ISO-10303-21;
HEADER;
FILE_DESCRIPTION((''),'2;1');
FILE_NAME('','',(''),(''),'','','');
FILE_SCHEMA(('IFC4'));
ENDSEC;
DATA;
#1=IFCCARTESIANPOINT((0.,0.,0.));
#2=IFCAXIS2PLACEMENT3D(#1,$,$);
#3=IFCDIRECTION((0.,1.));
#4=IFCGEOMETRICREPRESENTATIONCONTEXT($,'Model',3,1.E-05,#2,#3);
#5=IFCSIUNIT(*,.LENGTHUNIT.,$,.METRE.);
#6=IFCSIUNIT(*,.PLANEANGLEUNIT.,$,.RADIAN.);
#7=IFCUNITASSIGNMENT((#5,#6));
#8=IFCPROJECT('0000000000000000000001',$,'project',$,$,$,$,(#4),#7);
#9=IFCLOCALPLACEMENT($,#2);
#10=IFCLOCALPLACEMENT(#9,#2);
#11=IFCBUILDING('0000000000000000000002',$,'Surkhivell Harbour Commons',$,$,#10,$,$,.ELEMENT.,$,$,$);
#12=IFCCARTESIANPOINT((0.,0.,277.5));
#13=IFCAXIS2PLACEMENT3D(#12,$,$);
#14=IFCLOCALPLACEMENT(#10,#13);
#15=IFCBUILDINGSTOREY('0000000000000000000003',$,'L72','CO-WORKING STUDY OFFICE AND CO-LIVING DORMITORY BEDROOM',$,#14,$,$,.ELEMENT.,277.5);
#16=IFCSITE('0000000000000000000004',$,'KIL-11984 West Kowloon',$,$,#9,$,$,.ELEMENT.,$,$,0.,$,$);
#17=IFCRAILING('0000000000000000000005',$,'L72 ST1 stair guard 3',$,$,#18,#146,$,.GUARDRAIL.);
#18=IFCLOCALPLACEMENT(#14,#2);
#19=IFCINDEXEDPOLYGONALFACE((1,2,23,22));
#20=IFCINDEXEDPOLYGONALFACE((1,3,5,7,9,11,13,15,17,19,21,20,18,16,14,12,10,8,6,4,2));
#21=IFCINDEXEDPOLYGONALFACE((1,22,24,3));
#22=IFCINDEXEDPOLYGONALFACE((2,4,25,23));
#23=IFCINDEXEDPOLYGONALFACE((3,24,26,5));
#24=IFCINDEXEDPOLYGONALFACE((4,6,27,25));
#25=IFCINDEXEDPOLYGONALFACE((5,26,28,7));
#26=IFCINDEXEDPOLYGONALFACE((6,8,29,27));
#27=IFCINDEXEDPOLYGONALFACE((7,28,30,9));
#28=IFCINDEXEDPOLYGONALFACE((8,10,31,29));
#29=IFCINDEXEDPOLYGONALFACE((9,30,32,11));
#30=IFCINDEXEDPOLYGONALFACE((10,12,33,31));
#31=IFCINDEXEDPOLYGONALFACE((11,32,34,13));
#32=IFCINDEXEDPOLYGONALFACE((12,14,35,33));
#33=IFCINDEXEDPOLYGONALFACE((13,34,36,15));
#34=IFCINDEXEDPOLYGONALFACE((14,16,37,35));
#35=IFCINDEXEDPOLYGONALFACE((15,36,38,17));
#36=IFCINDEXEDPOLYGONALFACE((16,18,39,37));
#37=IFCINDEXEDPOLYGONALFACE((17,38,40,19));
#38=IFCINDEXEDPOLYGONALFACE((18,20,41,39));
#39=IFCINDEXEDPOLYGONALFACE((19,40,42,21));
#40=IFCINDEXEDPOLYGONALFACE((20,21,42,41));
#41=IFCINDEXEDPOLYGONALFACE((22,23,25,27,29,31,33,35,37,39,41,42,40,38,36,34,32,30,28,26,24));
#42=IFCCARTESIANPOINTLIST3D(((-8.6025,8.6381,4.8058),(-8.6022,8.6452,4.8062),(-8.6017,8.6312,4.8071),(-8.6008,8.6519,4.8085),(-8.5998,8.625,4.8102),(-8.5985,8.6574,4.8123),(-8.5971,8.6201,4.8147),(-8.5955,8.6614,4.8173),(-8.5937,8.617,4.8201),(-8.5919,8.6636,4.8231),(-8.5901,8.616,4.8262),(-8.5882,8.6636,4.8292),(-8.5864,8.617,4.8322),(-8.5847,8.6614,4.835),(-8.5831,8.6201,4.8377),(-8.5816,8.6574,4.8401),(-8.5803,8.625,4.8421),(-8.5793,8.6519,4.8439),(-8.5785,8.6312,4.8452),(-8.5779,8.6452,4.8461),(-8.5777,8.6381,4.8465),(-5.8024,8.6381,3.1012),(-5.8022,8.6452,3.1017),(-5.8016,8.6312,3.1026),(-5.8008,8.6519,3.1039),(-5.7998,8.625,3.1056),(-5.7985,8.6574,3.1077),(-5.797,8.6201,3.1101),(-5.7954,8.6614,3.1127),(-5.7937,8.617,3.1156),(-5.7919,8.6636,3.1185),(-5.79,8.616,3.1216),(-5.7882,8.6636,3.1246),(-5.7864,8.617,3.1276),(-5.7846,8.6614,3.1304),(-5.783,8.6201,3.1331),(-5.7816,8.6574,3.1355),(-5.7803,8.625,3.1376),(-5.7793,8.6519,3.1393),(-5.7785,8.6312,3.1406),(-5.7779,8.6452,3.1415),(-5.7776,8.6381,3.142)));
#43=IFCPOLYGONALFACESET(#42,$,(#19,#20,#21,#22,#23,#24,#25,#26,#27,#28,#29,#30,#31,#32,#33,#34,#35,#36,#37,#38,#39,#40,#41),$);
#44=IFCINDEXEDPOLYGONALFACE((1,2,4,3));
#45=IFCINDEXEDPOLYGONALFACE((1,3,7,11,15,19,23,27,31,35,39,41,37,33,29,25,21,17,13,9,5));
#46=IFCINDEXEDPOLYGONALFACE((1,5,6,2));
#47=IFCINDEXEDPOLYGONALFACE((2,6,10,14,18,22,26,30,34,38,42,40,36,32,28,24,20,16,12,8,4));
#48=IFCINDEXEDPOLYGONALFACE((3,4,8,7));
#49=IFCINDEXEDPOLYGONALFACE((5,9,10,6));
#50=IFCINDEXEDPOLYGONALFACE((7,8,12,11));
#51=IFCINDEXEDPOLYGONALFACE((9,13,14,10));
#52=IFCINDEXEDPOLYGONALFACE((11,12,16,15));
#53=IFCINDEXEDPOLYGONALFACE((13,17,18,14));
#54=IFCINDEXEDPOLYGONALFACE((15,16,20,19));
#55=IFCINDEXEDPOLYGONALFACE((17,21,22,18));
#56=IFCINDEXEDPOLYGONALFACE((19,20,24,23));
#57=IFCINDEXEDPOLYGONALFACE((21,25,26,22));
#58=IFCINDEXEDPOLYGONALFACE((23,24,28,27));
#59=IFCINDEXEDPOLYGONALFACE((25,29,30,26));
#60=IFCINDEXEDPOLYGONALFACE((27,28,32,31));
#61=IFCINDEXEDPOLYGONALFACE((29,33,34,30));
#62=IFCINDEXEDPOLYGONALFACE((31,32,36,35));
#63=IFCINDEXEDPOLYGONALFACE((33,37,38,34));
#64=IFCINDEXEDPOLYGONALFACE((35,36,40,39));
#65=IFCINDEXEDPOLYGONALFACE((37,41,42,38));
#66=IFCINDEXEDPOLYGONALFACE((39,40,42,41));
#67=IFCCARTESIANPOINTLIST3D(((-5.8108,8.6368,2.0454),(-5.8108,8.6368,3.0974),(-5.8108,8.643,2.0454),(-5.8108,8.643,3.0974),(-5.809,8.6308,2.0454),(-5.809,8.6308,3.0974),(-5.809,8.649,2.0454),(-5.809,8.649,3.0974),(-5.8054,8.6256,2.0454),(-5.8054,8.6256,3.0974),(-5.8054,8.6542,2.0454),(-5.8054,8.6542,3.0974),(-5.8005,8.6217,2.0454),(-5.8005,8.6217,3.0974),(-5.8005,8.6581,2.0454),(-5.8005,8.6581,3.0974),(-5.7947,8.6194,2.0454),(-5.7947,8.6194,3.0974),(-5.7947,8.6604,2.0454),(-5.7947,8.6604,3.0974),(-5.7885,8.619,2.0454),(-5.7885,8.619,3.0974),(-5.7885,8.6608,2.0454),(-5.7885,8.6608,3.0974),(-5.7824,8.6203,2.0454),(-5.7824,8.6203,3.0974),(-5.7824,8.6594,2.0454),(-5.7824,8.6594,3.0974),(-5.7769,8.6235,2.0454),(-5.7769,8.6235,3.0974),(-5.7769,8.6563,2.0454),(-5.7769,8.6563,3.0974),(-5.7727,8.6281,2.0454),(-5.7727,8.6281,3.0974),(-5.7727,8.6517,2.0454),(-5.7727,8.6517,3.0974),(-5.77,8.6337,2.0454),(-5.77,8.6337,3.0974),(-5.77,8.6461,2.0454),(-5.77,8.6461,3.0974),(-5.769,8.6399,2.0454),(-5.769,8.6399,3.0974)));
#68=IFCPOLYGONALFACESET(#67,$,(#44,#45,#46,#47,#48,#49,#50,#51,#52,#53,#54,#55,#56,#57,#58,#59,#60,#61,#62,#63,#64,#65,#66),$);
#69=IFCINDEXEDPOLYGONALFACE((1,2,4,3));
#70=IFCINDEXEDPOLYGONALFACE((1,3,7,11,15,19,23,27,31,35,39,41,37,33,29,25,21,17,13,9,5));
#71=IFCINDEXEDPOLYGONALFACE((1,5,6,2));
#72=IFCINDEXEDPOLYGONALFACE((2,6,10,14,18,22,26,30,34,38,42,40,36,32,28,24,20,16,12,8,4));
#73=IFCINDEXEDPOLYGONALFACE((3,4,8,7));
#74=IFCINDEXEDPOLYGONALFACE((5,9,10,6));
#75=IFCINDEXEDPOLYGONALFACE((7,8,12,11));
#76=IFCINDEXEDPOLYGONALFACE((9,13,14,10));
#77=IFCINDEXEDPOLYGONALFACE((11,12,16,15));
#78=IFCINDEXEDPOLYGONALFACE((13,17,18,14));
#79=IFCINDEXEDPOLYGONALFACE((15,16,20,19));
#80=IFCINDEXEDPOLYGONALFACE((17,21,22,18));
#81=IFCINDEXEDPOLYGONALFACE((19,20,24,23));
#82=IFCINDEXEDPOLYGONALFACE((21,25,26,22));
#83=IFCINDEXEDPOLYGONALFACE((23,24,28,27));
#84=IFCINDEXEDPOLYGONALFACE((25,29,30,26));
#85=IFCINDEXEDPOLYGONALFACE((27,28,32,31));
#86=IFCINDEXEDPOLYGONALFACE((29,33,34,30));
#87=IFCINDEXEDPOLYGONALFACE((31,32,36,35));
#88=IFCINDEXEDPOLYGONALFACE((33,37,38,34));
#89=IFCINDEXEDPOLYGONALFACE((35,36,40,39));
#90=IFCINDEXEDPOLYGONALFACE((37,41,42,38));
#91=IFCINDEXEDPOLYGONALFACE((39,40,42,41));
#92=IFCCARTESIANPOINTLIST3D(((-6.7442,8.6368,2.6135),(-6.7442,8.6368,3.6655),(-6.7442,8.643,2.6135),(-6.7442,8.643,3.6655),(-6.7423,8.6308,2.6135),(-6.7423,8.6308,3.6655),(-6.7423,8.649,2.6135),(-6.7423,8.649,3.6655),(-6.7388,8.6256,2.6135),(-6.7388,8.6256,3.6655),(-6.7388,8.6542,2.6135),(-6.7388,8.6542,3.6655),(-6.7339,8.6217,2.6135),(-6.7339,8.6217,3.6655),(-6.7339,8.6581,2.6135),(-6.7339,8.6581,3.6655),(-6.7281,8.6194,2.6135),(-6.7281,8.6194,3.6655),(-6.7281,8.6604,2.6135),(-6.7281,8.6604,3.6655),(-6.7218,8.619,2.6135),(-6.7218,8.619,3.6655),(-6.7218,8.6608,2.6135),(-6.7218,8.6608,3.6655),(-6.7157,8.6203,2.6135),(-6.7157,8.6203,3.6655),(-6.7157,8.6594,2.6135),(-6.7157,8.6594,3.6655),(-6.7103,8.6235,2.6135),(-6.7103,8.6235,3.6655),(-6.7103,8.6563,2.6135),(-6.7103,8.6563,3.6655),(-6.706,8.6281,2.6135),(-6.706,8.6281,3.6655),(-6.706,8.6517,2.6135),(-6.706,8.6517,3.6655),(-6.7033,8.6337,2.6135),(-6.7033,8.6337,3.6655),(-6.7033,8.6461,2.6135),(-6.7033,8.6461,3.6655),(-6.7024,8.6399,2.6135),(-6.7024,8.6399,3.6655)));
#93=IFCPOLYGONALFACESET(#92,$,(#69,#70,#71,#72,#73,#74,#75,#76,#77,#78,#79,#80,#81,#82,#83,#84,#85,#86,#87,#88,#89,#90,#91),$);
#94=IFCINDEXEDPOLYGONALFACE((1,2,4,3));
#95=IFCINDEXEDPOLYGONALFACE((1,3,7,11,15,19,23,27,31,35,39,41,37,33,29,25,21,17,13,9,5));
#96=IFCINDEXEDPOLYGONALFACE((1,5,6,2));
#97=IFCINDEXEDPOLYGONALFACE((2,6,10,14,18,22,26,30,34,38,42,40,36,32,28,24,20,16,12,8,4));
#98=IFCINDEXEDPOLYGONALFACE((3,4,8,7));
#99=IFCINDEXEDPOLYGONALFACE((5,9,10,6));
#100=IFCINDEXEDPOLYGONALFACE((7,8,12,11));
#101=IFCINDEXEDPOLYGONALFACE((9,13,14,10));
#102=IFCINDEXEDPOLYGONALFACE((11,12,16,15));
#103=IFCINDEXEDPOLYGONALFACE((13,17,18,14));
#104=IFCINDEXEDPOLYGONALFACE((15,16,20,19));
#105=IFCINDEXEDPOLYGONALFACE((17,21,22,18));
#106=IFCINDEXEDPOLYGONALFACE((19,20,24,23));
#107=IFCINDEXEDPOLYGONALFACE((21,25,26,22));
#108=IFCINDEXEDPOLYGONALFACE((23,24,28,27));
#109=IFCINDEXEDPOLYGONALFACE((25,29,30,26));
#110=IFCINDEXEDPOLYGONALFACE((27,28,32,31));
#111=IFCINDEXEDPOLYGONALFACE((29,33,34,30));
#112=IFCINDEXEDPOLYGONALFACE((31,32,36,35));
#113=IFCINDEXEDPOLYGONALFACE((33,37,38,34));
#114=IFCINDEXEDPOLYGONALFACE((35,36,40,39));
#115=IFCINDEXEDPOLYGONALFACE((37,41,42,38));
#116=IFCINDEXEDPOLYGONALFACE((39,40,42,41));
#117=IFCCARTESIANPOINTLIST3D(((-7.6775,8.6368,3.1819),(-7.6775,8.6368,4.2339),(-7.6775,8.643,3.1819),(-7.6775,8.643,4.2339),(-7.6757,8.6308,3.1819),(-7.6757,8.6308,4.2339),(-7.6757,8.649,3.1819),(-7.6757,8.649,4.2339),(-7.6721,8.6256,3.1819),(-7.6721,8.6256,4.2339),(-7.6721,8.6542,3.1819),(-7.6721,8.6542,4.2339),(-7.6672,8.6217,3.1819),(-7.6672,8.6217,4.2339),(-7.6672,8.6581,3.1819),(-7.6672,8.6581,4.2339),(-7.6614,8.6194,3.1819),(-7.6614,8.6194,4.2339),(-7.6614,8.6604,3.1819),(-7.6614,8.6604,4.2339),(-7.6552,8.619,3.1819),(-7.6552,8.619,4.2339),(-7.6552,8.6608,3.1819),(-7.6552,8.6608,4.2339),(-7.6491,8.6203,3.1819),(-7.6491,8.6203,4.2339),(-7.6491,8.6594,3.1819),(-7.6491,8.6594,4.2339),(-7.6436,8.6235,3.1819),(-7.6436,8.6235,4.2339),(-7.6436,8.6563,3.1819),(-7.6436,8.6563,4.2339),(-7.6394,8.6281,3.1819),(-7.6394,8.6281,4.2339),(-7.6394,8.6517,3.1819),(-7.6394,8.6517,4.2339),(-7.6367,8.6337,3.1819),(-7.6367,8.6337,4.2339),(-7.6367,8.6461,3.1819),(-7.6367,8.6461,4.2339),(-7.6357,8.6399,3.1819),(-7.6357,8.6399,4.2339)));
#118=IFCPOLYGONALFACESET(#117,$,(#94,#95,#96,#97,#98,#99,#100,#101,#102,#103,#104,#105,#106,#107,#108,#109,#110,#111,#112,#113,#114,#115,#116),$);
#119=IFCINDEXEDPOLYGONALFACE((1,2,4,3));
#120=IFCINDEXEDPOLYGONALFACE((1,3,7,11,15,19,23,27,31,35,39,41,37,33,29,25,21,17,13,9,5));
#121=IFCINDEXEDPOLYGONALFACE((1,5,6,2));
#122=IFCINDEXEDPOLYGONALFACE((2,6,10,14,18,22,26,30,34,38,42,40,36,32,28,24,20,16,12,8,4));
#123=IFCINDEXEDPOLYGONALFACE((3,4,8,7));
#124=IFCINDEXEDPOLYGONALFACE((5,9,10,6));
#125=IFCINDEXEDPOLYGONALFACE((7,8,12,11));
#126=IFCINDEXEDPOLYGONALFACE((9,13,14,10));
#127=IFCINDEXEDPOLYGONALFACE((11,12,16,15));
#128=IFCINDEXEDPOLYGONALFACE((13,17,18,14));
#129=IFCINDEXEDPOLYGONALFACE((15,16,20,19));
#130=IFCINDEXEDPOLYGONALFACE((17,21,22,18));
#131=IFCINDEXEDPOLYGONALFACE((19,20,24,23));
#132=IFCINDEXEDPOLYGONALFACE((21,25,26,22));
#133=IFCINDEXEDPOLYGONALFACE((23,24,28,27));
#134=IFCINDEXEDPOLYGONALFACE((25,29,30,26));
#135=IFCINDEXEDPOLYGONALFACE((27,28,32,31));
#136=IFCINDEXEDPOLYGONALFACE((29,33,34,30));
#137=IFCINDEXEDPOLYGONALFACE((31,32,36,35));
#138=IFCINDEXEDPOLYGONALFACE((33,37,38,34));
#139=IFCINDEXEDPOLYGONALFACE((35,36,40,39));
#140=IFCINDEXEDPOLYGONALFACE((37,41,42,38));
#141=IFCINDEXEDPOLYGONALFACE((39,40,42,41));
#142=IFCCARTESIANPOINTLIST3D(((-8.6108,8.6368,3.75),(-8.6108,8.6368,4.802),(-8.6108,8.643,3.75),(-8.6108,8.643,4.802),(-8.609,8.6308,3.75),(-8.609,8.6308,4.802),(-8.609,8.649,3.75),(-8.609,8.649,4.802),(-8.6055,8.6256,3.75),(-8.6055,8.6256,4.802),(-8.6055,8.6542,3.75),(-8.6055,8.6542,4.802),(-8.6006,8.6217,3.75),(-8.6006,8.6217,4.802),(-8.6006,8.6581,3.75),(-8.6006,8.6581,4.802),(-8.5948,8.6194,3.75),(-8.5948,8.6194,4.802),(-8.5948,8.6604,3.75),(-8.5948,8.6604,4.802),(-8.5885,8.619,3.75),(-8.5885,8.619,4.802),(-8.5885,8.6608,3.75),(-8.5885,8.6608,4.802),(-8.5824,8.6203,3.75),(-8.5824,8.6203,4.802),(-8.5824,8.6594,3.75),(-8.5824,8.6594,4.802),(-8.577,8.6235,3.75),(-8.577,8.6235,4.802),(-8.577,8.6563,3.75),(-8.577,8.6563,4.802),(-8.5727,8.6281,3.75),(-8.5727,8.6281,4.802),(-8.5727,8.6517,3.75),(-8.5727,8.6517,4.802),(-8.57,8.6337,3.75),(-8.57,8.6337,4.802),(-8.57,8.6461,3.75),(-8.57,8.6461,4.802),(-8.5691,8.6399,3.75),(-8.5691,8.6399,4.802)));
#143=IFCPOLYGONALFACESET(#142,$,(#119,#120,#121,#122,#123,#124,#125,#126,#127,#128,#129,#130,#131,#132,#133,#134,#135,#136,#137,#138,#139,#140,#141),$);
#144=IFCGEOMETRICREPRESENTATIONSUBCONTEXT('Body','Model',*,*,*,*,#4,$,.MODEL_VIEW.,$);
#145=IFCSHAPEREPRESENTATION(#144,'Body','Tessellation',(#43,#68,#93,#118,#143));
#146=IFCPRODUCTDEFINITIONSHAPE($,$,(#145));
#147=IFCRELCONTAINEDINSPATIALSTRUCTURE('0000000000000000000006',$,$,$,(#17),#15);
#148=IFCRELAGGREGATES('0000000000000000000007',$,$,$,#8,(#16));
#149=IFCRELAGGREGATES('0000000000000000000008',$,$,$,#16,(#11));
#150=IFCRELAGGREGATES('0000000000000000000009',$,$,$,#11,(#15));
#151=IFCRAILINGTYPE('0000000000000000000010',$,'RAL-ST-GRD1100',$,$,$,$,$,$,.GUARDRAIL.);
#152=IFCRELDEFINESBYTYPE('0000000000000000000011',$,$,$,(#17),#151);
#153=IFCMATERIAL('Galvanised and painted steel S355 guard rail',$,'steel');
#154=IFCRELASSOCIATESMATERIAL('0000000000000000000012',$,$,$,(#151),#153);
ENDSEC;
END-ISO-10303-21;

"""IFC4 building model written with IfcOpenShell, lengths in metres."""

from ifc_helpers import new_model, si_unit, direction, frame, origin, origin_2d, place, context, subcontext, project, spatial, circle, extrude, material, type_object, element, save


model = new_model("IFC4")

# Units and contexts
model_context = context("Model", 3, precision=1e-05, world=origin(), true_north=direction((0.0, 1.0)))
body_context = subcontext(model_context, "Body", "Model", "MODEL_VIEW")
ifc_project = project(units=[si_unit("LENGTHUNIT", "METRE"), si_unit("PLANEANGLEUNIT", "RADIAN")], contexts=[model_context])

# Site, building, storey
site_placement = place(None, origin())
site = spatial("IfcSite", under=ifc_project, at=site_placement, Name="KIL-11984 West Kowloon", CompositionType="ELEMENT", RefElevation=0.0)
building_placement = place(site_placement, origin())
building = spatial("IfcBuilding", under=site, at=building_placement, Name="Surkhivell Harbour Commons", CompositionType="ELEMENT")
storey_placement = place(building_placement, frame((0.0, 0.0, 277.5)))
storey = spatial("IfcBuildingStorey", under=building, at=storey_placement, Name="L72", Description="CO-WORKING STUDY OFFICE AND CO-LIVING DORMITORY BEDROOM", CompositionType="ELEMENT", Elevation=277.5)

# Railing
ifc_material_1 = material(Name="Galvanised and painted steel S355 guard rail", Category="steel")
railing_type_1 = type_object("IfcRailingType", Name="RAL-ST-GRD1100", PredefinedType="GUARDRAIL", material=ifc_material_1)
railing_1_placement = place(storey_placement, frame((-5.79, 8.6399, 2.0454)))
element("IfcRailing", 1, at=railing_1_placement, inside=storey, type_object=railing_type_1, Name="L72 ST1 stair guard 3", PredefinedType="GUARDRAIL", context=body_context, shape_type="SweptSolid", body=[
    extrude(circle(Radius=0.0239, at=origin_2d()), frame((0.0, 0.0, 1.0762), z_axis=(-0.85417, 0.0, 0.519994), x_axis=(0.0, -1.0, 0.0)), (0.0, 0.0, 1.0), 3.2781),
    extrude(circle(Radius=0.021, at=origin_2d()), origin(), (0.0, 0.0, 1.0), 1.052),
    extrude(circle(Radius=0.021, at=origin_2d()), frame((-0.9333, 0.0, 0.5681)), (0.0, 0.0, 1.0), 1.052),
    extrude(circle(Radius=0.021, at=origin_2d()), frame((-1.8667, 0.0, 1.1365)), (0.0, 0.0, 1.0), 1.052),
    extrude(circle(Radius=0.021, at=origin_2d()), frame((-2.8, 0.0, 1.7046)), (0.0, 0.0, 1.0), 1.052),
])

save(model, "model.ifc")
